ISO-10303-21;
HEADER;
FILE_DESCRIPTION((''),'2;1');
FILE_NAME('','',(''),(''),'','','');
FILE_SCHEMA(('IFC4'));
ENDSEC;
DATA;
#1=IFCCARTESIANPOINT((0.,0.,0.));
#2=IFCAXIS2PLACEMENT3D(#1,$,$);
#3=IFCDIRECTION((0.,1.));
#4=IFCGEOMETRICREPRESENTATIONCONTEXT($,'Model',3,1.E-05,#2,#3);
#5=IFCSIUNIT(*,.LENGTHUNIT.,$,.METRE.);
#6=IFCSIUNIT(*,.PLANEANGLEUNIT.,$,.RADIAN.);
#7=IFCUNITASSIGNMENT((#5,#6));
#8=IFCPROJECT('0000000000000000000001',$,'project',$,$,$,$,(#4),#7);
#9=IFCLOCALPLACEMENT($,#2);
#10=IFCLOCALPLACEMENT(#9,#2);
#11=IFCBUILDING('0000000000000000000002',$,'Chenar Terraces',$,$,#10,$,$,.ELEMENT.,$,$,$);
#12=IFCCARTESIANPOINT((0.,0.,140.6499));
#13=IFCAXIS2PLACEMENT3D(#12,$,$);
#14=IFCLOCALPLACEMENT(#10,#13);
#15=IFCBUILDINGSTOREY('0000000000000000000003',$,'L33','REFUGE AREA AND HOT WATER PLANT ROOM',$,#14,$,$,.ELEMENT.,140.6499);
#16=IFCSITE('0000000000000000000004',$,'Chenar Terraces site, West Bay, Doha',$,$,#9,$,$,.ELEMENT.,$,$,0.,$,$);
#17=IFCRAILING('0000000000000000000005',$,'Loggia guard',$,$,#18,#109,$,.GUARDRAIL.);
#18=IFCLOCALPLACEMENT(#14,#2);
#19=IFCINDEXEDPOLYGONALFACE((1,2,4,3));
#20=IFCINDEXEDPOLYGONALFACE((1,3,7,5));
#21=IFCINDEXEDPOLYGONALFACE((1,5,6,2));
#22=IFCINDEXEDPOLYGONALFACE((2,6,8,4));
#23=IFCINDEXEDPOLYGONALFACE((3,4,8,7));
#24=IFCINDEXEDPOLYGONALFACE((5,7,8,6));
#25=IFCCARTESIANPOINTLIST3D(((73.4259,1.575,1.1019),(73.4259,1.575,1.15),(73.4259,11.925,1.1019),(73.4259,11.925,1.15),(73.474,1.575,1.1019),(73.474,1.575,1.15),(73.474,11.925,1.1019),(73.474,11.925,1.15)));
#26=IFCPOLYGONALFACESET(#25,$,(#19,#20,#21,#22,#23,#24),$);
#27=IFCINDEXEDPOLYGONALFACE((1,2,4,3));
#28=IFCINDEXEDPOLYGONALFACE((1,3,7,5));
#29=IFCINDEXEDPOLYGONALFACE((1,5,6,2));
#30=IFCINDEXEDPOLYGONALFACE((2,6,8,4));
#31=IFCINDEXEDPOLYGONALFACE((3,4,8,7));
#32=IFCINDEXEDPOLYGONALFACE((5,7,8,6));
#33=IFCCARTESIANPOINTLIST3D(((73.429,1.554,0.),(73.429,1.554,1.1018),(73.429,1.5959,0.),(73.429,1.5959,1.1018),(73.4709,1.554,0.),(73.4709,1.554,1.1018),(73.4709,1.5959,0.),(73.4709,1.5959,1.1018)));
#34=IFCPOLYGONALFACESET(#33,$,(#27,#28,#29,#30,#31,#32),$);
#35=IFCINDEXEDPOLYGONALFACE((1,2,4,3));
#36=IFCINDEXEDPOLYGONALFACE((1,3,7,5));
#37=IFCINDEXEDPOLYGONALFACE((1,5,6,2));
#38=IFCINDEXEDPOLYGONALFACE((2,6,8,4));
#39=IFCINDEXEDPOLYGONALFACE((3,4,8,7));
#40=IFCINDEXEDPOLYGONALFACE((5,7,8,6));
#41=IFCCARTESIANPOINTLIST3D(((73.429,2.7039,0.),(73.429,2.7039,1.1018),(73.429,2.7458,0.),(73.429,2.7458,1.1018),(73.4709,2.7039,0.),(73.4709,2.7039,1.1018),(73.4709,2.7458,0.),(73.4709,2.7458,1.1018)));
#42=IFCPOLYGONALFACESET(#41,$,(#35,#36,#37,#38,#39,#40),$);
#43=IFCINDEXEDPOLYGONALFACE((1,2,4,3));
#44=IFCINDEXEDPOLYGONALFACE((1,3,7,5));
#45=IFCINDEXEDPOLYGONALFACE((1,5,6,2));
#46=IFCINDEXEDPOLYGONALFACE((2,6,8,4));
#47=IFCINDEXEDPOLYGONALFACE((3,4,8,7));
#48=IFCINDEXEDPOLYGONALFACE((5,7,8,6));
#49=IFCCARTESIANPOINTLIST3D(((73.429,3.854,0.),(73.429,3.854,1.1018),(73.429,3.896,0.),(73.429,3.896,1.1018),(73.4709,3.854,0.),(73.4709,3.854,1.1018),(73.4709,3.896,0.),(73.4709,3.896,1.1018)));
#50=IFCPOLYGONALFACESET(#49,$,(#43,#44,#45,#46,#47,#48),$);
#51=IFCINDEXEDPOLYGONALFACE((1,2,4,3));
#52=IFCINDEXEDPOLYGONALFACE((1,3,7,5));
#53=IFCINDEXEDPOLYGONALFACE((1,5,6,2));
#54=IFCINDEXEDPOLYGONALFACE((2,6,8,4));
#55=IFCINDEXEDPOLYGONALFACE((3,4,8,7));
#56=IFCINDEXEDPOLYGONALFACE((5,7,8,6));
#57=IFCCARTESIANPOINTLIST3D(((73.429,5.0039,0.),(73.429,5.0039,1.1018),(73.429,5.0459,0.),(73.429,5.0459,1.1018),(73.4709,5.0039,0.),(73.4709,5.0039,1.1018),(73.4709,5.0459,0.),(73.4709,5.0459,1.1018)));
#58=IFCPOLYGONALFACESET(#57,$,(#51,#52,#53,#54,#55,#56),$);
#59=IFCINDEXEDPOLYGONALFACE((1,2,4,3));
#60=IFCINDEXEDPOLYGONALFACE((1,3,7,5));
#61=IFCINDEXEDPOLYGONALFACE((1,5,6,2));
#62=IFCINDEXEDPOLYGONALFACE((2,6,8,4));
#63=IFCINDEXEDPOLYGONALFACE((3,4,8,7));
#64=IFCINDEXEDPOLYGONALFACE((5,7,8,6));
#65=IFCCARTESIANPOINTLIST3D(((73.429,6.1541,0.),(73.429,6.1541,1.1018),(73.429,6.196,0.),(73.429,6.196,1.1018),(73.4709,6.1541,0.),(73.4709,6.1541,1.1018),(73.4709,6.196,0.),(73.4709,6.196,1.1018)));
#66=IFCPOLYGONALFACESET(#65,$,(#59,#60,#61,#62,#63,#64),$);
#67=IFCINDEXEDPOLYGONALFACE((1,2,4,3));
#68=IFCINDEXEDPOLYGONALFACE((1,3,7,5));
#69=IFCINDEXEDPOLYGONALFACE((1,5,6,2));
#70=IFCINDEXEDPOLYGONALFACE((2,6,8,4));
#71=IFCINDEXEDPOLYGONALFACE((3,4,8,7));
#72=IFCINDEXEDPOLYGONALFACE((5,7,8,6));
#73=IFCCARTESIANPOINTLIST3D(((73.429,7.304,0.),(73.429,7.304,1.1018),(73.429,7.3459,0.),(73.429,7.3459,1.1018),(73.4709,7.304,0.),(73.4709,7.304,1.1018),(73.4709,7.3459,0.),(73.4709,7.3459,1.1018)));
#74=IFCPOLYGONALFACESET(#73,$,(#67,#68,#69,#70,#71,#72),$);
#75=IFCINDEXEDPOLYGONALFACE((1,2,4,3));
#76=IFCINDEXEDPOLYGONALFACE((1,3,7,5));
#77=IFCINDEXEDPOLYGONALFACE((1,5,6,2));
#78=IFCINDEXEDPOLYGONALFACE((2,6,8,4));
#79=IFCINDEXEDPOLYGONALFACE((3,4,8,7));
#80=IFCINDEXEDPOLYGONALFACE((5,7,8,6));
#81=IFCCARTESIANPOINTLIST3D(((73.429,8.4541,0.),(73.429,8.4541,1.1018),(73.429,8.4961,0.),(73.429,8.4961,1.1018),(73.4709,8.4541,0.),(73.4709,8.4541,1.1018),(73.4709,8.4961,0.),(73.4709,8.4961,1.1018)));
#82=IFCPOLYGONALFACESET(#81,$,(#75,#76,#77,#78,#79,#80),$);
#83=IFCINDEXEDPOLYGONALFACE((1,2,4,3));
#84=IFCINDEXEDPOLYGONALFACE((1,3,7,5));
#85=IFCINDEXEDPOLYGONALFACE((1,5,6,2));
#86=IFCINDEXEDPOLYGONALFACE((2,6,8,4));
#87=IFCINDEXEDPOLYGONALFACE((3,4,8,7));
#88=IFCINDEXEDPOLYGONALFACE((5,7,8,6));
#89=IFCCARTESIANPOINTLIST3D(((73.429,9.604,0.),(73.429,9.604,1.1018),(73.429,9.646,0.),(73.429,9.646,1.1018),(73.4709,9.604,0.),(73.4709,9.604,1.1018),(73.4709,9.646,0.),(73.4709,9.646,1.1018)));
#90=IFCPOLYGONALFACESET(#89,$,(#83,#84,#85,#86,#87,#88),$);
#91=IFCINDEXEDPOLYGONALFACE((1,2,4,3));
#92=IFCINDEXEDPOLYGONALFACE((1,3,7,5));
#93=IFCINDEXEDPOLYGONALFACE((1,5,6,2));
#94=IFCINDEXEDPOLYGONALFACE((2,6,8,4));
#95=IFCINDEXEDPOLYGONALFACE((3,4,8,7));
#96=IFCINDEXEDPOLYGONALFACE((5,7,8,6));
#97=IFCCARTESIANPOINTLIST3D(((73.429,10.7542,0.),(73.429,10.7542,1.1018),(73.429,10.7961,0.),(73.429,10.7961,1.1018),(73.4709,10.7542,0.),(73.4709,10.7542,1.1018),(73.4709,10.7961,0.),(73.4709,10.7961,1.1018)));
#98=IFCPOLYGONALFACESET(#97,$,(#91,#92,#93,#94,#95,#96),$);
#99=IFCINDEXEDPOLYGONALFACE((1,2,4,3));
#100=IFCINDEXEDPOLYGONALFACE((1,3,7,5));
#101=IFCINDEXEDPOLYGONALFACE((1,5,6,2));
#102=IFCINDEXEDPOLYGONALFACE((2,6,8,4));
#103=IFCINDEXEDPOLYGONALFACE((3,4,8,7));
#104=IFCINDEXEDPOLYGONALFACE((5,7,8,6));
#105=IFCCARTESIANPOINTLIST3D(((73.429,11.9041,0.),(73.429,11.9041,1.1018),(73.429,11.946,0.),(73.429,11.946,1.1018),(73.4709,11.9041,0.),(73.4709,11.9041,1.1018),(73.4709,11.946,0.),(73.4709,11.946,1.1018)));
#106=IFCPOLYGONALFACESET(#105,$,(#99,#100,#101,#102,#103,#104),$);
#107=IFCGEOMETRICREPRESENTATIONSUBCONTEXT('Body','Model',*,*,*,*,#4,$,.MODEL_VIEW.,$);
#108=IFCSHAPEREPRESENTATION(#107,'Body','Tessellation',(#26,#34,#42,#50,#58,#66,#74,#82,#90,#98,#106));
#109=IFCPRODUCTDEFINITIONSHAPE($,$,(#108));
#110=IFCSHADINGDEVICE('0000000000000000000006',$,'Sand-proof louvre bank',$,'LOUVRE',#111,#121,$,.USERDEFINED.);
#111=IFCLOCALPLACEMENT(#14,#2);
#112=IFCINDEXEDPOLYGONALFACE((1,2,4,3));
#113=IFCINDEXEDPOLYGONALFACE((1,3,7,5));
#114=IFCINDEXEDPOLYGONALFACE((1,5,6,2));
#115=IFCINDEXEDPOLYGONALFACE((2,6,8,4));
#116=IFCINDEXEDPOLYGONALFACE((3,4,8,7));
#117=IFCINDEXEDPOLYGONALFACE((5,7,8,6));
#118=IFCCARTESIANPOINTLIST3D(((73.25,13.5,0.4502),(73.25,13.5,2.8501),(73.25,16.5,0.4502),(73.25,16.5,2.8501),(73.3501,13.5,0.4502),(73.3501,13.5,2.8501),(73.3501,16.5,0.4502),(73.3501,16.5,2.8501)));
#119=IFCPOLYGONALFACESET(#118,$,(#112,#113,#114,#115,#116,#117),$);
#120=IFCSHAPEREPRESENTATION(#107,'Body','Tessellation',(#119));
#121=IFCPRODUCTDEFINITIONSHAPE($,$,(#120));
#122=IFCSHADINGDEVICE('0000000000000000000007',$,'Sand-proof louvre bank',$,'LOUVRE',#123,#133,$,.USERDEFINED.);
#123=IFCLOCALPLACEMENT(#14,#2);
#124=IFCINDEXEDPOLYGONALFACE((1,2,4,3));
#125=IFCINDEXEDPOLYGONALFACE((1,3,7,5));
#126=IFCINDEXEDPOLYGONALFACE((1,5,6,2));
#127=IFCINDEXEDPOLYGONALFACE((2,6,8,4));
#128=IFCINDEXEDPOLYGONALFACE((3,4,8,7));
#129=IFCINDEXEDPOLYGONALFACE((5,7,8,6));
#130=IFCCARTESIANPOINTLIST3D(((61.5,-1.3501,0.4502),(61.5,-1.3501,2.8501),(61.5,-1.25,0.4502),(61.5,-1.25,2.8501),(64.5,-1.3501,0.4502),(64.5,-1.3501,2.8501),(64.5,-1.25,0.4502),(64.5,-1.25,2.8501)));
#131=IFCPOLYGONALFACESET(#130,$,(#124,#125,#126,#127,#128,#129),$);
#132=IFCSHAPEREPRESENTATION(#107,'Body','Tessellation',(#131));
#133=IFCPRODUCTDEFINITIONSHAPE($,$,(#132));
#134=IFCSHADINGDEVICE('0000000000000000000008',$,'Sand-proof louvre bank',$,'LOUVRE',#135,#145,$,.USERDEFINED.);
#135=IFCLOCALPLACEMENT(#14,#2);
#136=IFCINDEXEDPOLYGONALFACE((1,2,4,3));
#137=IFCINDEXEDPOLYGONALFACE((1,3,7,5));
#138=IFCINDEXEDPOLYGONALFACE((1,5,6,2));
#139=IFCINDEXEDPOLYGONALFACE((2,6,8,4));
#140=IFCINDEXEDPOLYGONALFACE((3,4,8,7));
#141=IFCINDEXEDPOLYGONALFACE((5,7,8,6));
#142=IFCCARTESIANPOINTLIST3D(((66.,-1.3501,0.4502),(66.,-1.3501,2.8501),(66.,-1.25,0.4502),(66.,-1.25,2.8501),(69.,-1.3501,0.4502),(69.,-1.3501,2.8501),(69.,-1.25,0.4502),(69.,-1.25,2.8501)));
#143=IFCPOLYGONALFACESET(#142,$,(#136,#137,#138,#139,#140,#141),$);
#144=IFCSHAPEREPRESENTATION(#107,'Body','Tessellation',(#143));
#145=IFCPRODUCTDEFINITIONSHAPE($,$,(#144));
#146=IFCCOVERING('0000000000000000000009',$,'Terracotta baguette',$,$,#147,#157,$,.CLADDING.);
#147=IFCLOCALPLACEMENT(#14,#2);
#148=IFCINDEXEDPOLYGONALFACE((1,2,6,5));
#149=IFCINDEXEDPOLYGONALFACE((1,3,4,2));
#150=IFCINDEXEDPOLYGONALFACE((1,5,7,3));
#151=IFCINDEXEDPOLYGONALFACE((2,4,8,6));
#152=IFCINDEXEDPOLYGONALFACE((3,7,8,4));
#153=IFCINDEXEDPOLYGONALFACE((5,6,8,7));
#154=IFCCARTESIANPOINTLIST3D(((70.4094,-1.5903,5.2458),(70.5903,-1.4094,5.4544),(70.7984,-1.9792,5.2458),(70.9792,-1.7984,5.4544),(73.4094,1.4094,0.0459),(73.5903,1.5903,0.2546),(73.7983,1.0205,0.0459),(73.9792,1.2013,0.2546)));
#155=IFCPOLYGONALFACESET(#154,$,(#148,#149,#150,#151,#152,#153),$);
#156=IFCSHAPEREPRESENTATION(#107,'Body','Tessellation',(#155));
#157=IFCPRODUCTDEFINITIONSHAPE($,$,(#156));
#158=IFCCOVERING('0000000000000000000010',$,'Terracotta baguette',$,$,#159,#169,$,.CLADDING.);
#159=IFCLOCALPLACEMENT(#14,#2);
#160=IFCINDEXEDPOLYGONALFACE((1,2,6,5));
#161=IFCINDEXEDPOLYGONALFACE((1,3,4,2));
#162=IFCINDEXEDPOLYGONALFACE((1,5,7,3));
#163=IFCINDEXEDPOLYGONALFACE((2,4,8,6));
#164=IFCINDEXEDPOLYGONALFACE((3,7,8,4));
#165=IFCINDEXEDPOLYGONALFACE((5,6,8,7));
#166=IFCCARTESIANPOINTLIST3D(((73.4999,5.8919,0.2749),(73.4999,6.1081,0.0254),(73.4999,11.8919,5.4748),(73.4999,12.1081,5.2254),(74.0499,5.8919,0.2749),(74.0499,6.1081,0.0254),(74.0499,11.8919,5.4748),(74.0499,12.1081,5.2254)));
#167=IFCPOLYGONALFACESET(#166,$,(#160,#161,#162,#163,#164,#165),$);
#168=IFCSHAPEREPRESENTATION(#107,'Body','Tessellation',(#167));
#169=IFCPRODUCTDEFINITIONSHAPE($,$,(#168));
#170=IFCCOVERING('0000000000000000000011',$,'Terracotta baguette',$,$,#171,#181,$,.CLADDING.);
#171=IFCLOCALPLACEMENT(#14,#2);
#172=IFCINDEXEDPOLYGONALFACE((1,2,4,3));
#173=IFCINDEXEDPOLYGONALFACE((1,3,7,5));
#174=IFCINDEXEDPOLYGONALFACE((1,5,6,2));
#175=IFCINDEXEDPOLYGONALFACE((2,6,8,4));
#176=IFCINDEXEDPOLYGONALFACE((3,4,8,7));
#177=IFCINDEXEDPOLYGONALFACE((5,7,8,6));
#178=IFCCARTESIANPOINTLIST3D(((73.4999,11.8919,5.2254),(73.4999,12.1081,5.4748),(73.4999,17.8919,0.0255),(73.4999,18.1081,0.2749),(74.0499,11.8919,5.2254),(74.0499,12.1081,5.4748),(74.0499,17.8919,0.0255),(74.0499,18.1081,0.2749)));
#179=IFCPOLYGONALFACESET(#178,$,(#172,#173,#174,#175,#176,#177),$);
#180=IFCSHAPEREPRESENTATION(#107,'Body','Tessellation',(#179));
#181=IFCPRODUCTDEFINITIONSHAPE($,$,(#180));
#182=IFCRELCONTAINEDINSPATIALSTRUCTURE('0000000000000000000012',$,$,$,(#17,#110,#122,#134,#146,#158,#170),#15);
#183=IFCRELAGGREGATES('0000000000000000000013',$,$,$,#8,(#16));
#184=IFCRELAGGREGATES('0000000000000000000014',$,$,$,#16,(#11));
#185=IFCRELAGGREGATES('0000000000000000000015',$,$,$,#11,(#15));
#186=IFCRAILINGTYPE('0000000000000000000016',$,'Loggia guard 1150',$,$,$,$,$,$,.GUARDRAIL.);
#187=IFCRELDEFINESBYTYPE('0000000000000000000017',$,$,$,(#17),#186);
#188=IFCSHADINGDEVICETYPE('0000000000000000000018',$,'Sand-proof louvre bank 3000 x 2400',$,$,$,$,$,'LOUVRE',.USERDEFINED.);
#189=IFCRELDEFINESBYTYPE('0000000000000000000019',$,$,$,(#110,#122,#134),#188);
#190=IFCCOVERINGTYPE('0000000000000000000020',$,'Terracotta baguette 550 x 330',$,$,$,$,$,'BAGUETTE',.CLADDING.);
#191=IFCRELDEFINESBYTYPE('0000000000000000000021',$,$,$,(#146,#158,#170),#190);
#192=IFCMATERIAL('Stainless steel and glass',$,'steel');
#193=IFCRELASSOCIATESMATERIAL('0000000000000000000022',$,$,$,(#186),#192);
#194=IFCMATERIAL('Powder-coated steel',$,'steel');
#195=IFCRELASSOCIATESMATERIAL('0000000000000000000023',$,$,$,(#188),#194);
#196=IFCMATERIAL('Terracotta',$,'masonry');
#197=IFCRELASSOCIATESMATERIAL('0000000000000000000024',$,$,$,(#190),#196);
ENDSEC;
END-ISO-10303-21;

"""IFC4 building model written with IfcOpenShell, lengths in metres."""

from ifc_helpers import new_model, si_unit, direction, frame, origin, origin_2d, place, context, subcontext, project, spatial, rectangle, extrude, material, material_profile, profile_set, type_object, element, save


model = new_model("IFC4")

# Units and contexts
model_context = context("Model", 3, precision=1e-05, world=origin(), true_north=direction((0.0, 1.0)))
body_context = subcontext(model_context, "Body", "Model", "MODEL_VIEW")
ifc_project = project(units=[si_unit("LENGTHUNIT", "METRE"), si_unit("PLANEANGLEUNIT", "RADIAN")], contexts=[model_context])

# Site, building, storey
site_placement = place(None, origin())
site = spatial("IfcSite", under=ifc_project, at=site_placement, Name="Chenar Terraces site, West Bay, Doha", CompositionType="ELEMENT", RefElevation=0.0)
building_placement = place(site_placement, origin())
building = spatial("IfcBuilding", under=site, at=building_placement, Name="Chenar Terraces", CompositionType="ELEMENT")
storey_placement = place(building_placement, frame((0.0, 0.0, 140.6499)))
storey = spatial("IfcBuildingStorey", under=building, at=storey_placement, Name="L33", Description="REFUGE AREA AND HOT WATER PLANT ROOM", CompositionType="ELEMENT", Elevation=140.6499)

# Railing
ifc_material_1 = material(Name="Stainless steel and glass", Category="steel")
railing_type = type_object("IfcRailingType", Name="Loggia guard 1150", PredefinedType="GUARDRAIL", material=ifc_material_1)
railing_placement = place(storey_placement, frame((73.45, 1.575, 0.0)))
element("IfcRailing", 1, at=railing_placement, inside=storey, type_object=railing_type, Name="Loggia guard", PredefinedType="GUARDRAIL", context=body_context, shape_type="SweptSolid", body=[
    extrude(rectangle(XDim=0.0481, YDim=0.0481, at=origin_2d()), frame((0.0, 0.0, 1.126), z_axis=(0.0, 1.0, 0.0), x_axis=(-1.0, 0.0, 0.0)), (0.0, 0.0, 1.0), 10.3501),
    extrude(rectangle(XDim=0.042, YDim=0.042, at=origin_2d()), origin(), (0.0, 0.0, 1.0), 1.1018),
    extrude(rectangle(XDim=0.042, YDim=0.042, at=origin_2d()), frame((0.0, 1.1499, 0.0)), (0.0, 0.0, 1.0), 1.1018),
    extrude(rectangle(XDim=0.042, YDim=0.042, at=origin_2d()), frame((0.0, 2.3, 0.0)), (0.0, 0.0, 1.0), 1.1018),
    extrude(rectangle(XDim=0.042, YDim=0.042, at=origin_2d()), frame((0.0, 3.45, 0.0)), (0.0, 0.0, 1.0), 1.1018),
    extrude(rectangle(XDim=0.042, YDim=0.042, at=origin_2d()), frame((0.0, 4.6001, 0.0)), (0.0, 0.0, 1.0), 1.1018),
    extrude(rectangle(XDim=0.042, YDim=0.042, at=origin_2d()), frame((0.0, 5.75, 0.0)), (0.0, 0.0, 1.0), 1.1018),
    extrude(rectangle(XDim=0.042, YDim=0.042, at=origin_2d()), frame((0.0, 6.9001, 0.0)), (0.0, 0.0, 1.0), 1.1018),
    extrude(rectangle(XDim=0.042, YDim=0.042, at=origin_2d()), frame((0.0, 8.05, 0.0)), (0.0, 0.0, 1.0), 1.1018),
    extrude(rectangle(XDim=0.042, YDim=0.042, at=origin_2d()), frame((0.0, 9.2002, 0.0)), (0.0, 0.0, 1.0), 1.1018),
    extrude(rectangle(XDim=0.042, YDim=0.042, at=origin_2d()), frame((0.0, 10.3501, 0.0)), (0.0, 0.0, 1.0), 1.1018),
])

# Shading devices
ifc_material_2 = material(Name="Powder-coated steel", Category="steel")
shading_device_type = type_object("IfcShadingDeviceType", Name="Sand-proof louvre bank 3000 x 2400", ElementType="LOUVRE", PredefinedType="USERDEFINED", material=ifc_material_2)
for number, where, z_axis, x_axis, name in (
    (2, (73.3, 15.0, 0.4502), (0.0, 0.0, 1.0), (0.0, 1.0, 0.0), "Sand-proof louvre bank"),
    (3, (63.0, -1.3, 0.4502), (0.0, 0.0, 1.0), (1.0, 0.0, 0.0), "Sand-proof louvre bank"),
    (4, (67.5, -1.3, 0.4502), (0.0, 0.0, 1.0), (1.0, 0.0, 0.0), "Sand-proof louvre bank"),
):
    element("IfcShadingDevice", number, at=place(storey_placement, frame(where, z_axis=z_axis, x_axis=x_axis)), inside=storey, type_object=shading_device_type, Name=name, ObjectType="LOUVRE", PredefinedType="USERDEFINED", context=body_context, shape_type="SweptSolid", body=[
        extrude(rectangle(XDim=3.0, YDim=0.1001, at=origin_2d()), origin(), (0.0, 0.0, 1.0), 2.3999),
    ])

# Coverings
ifc_material_3 = material(Name="Terracotta", Category="masonry")
ifc_material_profile_1 = material_profile(ifc_material_3, rectangle(XDim=0.55, YDim=0.3301, at=origin_2d()), Name="Terracotta baguette 550 x 330")
ifc_profile_set_1 = profile_set([ifc_material_profile_1], Name="Terracotta")
covering_type = type_object("IfcCoveringType", Name="Terracotta baguette 550 x 330", ElementType="BAGUETTE", PredefinedType="CLADDING", material=ifc_profile_set_1)
covering_placement = place(storey_placement, frame((70.6943, -1.6943, 5.3501), z_axis=(0.447025, 0.446988, -0.774836), x_axis=(-0.707078, 0.707136, 0.0)))
element("IfcCovering", 5, at=covering_placement, inside=storey, type_object=covering_type, Name="Terracotta baguette", PredefinedType="CLADDING", context=body_context, shape_type="SweptSolid", body=[
    extrude(rectangle(XDim=0.55, YDim=0.3301, at=origin_2d()), origin(), (0.0, 0.0, 1.0), 6.7109),
])
for number, where, z_axis, x_axis, name in (
    (6, (73.7749, 6.0, 0.1501), (0.0, 0.755692, 0.654927), (-1.0, 0.0, 0.0), "Terracotta baguette"),
    (7, (73.7749, 12.0, 5.3501), (0.0, 0.755692, -0.654927), (-1.0, 0.0, 0.0), "Terracotta baguette"),
):
    element("IfcCovering", number, at=place(storey_placement, frame(where, z_axis=z_axis, x_axis=x_axis)), inside=storey, type_object=covering_type, Name=name, PredefinedType="CLADDING", context=body_context, shape_type="SweptSolid", body=[
        extrude(rectangle(XDim=0.55, YDim=0.3301, at=origin_2d()), origin(), (0.0, 0.0, 1.0), 7.9397),
    ])

save(model, "model.ifc")
